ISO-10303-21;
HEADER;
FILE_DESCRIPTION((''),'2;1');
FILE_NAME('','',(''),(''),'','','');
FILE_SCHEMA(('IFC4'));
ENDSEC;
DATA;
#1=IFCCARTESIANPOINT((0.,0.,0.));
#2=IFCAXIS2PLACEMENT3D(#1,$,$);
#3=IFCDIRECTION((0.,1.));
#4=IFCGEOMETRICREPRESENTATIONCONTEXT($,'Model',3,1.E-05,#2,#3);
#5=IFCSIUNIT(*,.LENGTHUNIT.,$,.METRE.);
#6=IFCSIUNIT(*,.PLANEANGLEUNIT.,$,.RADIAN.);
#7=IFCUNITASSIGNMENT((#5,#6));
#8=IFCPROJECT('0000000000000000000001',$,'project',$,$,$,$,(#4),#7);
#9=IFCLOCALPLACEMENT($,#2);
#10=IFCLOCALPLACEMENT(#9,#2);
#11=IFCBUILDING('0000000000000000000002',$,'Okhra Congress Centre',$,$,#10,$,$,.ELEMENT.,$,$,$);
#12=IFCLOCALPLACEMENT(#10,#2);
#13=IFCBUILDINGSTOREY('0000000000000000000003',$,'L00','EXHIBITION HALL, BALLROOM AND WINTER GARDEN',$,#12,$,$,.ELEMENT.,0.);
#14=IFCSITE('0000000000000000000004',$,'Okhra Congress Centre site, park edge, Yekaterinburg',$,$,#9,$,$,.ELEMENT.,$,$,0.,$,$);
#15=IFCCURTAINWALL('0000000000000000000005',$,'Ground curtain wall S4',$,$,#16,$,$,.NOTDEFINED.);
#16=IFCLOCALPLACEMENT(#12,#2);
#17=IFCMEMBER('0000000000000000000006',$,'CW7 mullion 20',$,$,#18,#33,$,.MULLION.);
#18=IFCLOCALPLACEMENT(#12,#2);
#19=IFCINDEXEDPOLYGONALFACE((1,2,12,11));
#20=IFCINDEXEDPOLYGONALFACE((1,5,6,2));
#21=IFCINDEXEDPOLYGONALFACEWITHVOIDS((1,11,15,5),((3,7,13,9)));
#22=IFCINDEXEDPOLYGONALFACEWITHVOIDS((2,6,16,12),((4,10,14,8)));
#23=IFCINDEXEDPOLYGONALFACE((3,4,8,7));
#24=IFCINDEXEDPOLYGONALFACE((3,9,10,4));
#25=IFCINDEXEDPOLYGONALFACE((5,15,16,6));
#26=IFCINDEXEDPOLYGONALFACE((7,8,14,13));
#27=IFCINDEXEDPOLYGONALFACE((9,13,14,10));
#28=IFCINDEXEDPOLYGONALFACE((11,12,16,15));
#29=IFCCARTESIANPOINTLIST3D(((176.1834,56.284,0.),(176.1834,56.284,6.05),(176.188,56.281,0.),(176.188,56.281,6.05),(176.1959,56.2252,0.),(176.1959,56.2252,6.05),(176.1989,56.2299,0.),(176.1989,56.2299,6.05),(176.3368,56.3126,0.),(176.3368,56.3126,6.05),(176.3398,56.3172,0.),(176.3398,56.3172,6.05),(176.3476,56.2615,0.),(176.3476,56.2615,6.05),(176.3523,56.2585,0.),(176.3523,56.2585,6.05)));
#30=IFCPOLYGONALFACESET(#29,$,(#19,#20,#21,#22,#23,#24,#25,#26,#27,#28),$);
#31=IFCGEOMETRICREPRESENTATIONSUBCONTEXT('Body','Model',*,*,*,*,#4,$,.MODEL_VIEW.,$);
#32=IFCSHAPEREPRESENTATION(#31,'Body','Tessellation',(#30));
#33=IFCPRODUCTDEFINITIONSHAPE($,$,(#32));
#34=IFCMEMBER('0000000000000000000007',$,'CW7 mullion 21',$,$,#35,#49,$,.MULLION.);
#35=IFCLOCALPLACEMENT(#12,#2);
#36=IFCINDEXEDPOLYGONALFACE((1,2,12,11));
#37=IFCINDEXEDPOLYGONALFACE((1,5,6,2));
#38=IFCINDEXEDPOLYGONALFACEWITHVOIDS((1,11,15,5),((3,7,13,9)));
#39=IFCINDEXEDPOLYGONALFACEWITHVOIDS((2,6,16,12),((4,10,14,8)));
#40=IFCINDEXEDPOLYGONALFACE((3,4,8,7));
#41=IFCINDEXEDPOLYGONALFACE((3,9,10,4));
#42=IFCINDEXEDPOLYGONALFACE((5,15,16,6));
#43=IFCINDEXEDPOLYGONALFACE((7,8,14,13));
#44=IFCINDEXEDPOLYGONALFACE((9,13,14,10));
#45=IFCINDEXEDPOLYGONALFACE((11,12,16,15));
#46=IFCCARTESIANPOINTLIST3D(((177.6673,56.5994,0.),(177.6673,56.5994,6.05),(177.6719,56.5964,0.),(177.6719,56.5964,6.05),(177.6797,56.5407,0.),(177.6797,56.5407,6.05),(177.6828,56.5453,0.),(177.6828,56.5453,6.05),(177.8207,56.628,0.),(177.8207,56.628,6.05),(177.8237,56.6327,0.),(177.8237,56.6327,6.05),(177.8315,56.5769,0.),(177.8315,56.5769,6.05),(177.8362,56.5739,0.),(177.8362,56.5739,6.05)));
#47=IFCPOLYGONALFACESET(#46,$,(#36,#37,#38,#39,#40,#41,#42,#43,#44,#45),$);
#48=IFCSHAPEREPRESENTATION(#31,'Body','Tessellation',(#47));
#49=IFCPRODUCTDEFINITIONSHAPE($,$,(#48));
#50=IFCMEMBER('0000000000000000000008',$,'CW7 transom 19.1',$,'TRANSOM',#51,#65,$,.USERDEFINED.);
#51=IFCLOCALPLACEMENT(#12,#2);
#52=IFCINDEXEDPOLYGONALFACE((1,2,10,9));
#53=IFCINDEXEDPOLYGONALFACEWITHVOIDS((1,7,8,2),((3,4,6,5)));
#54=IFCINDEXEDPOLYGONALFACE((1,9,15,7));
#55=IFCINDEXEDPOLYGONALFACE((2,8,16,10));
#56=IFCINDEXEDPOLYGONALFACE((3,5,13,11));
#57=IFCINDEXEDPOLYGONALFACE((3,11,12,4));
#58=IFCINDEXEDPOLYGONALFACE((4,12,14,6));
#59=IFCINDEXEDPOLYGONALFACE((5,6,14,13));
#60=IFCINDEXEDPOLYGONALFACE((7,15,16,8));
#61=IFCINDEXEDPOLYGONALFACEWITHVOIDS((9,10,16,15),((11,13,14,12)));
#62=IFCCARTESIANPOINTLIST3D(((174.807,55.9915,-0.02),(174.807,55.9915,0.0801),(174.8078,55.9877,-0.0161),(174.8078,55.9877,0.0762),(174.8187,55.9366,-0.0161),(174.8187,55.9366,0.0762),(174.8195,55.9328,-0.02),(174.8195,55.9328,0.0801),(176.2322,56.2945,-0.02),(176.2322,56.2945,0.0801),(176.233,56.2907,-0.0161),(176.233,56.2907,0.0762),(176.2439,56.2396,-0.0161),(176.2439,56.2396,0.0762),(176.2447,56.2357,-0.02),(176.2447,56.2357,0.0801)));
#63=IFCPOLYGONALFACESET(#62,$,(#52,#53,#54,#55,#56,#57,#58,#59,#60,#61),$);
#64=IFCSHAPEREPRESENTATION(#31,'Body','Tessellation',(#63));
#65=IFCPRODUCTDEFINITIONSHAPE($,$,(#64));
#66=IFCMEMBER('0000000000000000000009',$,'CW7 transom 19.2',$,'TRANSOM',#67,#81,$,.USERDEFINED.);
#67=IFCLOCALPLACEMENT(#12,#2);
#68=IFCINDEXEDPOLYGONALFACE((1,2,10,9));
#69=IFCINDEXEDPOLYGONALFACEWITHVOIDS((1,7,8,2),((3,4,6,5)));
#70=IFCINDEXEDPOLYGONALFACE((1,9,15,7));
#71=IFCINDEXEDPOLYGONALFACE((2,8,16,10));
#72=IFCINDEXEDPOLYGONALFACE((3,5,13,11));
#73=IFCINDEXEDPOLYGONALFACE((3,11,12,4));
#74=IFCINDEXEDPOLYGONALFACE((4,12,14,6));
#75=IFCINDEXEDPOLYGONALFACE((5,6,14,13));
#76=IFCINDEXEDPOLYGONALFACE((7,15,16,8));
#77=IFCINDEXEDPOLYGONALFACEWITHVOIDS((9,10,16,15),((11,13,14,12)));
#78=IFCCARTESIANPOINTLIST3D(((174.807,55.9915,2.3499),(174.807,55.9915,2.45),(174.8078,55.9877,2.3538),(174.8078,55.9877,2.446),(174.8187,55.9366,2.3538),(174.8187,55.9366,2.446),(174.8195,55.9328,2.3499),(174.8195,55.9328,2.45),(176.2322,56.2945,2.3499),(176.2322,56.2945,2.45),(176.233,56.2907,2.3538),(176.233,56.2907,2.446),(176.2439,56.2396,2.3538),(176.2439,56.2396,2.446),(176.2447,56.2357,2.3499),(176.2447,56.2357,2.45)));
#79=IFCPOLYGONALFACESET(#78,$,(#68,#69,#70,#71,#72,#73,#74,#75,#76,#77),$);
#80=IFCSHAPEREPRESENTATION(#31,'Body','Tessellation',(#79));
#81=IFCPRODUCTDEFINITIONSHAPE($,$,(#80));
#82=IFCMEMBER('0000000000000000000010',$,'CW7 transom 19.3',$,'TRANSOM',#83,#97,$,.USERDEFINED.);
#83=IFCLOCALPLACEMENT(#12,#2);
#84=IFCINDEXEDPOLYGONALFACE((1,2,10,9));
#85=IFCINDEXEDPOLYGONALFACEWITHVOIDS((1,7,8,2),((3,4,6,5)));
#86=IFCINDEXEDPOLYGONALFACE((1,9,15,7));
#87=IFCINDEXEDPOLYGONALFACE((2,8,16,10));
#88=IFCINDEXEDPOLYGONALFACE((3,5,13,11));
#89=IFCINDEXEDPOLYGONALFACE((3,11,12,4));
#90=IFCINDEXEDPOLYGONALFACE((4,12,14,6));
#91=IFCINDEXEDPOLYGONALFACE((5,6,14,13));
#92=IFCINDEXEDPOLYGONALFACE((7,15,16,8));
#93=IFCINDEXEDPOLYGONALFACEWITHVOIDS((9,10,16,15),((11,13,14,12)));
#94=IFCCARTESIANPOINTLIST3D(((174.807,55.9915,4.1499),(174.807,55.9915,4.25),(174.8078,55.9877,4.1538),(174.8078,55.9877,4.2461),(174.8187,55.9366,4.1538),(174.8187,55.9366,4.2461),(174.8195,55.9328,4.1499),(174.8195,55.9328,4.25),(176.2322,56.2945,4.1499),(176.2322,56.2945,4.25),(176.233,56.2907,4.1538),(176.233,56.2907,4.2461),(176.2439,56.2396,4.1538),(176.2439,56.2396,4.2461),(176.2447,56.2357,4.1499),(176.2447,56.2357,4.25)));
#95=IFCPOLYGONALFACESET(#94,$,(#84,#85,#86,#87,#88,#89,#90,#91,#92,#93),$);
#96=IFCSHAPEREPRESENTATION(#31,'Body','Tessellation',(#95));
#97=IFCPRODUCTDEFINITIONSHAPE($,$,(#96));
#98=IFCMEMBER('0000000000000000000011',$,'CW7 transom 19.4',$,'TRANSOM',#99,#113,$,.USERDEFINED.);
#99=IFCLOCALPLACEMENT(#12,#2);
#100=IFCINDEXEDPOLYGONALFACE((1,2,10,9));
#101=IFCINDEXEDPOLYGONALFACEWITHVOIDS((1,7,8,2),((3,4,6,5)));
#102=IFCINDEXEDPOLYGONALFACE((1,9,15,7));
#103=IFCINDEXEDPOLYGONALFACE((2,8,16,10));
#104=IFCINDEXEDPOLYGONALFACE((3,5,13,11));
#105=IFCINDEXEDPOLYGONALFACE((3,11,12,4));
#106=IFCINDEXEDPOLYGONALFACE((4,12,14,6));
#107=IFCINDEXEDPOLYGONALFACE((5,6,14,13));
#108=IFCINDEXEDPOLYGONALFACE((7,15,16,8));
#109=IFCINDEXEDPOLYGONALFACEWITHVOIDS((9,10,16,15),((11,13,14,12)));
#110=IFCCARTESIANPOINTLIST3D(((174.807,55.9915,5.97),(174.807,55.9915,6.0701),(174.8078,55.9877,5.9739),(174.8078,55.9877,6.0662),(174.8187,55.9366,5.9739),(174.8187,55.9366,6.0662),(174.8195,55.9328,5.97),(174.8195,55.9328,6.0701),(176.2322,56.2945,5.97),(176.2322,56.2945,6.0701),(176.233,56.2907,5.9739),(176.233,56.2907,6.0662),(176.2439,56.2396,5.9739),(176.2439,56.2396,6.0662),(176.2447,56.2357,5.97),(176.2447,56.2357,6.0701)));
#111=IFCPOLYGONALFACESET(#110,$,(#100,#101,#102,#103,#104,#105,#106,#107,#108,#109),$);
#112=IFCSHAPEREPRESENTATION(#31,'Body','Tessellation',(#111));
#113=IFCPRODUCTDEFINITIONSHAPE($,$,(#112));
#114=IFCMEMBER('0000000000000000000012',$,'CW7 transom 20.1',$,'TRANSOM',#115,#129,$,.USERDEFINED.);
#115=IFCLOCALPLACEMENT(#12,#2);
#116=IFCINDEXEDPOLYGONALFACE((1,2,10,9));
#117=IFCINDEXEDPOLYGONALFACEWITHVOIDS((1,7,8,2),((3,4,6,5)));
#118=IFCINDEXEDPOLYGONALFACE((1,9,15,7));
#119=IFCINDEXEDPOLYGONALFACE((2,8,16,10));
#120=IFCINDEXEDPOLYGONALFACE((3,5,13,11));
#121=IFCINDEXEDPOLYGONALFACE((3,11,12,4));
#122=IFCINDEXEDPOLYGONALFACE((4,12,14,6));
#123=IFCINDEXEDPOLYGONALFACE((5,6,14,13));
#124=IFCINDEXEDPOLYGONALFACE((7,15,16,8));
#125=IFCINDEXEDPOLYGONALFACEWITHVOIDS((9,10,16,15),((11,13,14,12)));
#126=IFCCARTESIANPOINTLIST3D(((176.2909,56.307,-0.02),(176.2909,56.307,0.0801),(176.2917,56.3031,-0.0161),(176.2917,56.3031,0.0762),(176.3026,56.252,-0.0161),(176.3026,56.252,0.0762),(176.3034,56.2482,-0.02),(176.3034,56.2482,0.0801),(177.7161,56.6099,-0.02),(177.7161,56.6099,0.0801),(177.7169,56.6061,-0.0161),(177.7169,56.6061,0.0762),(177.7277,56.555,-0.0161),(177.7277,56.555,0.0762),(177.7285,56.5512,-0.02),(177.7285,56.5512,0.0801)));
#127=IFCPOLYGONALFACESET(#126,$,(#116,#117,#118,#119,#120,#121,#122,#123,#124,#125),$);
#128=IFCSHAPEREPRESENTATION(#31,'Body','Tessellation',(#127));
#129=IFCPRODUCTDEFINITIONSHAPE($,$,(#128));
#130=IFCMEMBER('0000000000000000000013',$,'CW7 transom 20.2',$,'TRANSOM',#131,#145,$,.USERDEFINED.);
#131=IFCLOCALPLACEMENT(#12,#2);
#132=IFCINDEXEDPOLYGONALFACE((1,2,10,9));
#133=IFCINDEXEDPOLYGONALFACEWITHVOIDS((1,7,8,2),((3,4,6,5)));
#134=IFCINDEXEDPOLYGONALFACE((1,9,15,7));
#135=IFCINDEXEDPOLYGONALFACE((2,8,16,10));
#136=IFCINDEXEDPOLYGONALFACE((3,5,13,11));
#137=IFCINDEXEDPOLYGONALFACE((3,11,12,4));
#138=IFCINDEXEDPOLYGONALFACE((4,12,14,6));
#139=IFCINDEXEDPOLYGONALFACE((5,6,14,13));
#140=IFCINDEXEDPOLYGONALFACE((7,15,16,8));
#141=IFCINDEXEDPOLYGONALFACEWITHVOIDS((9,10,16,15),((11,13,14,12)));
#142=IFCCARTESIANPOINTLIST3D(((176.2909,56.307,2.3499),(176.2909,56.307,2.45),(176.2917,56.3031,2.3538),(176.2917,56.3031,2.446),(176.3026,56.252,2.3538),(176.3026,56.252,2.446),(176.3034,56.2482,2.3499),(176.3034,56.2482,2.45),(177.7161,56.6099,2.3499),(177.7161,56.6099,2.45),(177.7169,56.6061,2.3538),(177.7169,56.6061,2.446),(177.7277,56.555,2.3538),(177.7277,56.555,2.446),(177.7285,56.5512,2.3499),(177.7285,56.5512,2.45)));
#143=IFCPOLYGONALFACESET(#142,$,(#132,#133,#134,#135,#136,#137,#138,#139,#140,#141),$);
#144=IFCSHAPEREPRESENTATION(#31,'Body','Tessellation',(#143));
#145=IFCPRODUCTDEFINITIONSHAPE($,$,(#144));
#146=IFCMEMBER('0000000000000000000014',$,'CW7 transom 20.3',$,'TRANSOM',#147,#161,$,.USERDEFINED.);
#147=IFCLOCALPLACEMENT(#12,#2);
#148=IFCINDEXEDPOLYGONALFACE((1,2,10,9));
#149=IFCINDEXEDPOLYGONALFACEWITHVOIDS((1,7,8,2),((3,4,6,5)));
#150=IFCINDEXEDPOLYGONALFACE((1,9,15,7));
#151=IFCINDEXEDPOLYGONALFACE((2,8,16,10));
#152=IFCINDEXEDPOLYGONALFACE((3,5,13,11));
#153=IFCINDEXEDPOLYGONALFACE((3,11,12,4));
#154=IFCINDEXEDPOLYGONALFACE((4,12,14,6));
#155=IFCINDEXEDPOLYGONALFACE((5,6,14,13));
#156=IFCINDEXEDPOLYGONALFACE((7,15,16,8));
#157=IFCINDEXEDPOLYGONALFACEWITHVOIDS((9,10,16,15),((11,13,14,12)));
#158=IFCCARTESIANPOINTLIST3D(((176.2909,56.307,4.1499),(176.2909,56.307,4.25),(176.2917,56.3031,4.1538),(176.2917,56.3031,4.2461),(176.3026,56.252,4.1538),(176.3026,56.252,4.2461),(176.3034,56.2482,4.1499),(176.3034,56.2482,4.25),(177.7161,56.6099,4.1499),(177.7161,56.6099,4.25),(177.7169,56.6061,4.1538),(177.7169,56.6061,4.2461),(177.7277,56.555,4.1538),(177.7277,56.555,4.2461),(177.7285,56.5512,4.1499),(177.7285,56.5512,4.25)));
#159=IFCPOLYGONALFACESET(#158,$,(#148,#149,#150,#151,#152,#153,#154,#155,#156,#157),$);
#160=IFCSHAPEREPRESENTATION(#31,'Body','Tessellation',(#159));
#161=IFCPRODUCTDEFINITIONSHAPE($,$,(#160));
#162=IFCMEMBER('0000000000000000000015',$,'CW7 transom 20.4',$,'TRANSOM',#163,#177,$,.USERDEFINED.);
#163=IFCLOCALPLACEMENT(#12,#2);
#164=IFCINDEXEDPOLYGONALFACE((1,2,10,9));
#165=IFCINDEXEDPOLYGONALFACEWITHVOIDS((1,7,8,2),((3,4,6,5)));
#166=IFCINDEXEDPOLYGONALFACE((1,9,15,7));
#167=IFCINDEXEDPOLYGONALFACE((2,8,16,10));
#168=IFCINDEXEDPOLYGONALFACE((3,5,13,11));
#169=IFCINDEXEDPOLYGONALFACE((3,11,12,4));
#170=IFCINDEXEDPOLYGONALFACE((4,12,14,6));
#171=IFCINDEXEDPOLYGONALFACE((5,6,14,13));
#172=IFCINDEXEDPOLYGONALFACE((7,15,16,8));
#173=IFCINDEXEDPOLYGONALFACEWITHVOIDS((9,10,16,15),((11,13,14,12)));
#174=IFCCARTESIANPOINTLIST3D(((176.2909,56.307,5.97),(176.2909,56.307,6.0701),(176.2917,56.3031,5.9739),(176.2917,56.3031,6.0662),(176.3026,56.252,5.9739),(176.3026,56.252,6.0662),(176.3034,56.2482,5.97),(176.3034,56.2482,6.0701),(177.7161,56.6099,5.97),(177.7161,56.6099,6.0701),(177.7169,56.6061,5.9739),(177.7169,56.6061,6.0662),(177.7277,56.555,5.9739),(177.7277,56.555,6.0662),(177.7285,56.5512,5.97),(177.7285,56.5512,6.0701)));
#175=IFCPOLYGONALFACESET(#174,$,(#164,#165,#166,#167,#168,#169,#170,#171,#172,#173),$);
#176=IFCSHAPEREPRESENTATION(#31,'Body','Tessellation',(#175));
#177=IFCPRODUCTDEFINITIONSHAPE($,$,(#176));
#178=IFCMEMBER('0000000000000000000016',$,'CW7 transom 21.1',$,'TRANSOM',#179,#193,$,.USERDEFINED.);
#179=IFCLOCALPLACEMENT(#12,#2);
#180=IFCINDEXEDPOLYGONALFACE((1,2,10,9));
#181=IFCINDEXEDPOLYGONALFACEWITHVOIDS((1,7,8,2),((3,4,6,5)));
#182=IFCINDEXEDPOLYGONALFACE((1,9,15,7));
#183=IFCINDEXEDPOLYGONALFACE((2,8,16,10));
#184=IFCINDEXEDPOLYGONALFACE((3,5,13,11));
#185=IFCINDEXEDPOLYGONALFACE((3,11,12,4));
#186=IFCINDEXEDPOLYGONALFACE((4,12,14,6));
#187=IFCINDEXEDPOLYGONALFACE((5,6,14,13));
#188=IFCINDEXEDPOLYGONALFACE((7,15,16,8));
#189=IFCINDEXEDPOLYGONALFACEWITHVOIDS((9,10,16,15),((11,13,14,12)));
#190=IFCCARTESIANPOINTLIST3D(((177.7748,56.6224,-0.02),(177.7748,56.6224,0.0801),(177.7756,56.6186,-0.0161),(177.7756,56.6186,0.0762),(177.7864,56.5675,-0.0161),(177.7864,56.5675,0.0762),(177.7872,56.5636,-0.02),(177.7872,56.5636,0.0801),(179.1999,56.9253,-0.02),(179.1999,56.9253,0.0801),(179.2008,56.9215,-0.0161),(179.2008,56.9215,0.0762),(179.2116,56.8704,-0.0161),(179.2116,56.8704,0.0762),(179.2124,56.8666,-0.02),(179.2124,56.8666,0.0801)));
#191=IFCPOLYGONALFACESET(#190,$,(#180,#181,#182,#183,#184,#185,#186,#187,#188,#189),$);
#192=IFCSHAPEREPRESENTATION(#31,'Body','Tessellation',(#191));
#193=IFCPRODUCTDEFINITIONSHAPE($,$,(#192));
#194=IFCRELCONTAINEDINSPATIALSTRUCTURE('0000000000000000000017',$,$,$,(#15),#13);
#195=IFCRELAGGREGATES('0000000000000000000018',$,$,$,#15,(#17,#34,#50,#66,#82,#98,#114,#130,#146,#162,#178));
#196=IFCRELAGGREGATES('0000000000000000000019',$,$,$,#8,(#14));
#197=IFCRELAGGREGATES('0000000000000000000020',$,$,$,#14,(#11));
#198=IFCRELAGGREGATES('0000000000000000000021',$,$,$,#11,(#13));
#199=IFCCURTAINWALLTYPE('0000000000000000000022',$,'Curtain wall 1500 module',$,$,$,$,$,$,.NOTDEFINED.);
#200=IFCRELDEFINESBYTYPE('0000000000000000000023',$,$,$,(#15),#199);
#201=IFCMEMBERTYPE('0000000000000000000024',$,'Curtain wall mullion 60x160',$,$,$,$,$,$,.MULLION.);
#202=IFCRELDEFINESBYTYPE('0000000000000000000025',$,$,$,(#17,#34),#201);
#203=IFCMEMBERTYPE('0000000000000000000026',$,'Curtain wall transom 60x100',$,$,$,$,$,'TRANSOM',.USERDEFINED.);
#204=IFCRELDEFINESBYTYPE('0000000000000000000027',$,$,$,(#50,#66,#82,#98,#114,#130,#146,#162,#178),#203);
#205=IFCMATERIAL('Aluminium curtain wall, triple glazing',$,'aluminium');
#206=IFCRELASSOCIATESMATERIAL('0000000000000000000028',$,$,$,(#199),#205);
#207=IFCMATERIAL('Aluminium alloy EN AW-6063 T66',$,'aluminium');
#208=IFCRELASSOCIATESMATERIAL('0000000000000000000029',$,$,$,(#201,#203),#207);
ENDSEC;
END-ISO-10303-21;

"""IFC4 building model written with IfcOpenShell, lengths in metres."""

from ifc_helpers import new_model, si_unit, direction, frame, origin, origin_2d, place, context, subcontext, project, spatial, hollow_rectangle, extrude, material, material_profile, profile_set, type_object, element, aggregate, save


model = new_model("IFC4")

# Units and contexts
model_context = context("Model", 3, precision=1e-05, world=origin(), true_north=direction((0.0, 1.0)))
body_context = subcontext(model_context, "Body", "Model", "MODEL_VIEW")
ifc_project = project(units=[si_unit("LENGTHUNIT", "METRE"), si_unit("PLANEANGLEUNIT", "RADIAN")], contexts=[model_context])

# Site, building, storey
site_placement = place(None, origin())
site = spatial("IfcSite", under=ifc_project, at=site_placement, Name="Okhra Congress Centre site, park edge, Yekaterinburg", CompositionType="ELEMENT", RefElevation=0.0)
building_placement = place(site_placement, origin())
building = spatial("IfcBuilding", under=site, at=building_placement, Name="Okhra Congress Centre", CompositionType="ELEMENT")
storey_placement = place(building_placement, origin())
storey = spatial("IfcBuildingStorey", under=building, at=storey_placement, Name="L00", Description="EXHIBITION HALL, BALLROOM AND WINTER GARDEN", CompositionType="ELEMENT", Elevation=0.0)

# Curtain wall, members
ifc_material_1 = material(Name="Aluminium curtain wall, triple glazing", Category="aluminium")
curtain_wall_type = type_object("IfcCurtainWallType", Name="Curtain wall 1500 module", PredefinedType="NOTDEFINED", material=ifc_material_1)
curtain_wall_placement = place(storey_placement, origin())
curtain_wall = element("IfcCurtainWall", 1, at=curtain_wall_placement, inside=storey, type_object=curtain_wall_type, Name="Ground curtain wall S4", PredefinedType="NOTDEFINED")
ifc_material_2 = material(Name="Aluminium alloy EN AW-6063 T66", Category="aluminium")
ifc_material_profile_1 = material_profile(ifc_material_2, hollow_rectangle(XDim=0.0601, YDim=0.1599, WallThickness=0.0039, at=origin_2d()), Name="RHS 60x160x4")
ifc_profile_set_1 = profile_set([ifc_material_profile_1], Name="Aluminium alloy EN AW-6063 T66")
member_type_1 = type_object("IfcMemberType", Name="Curtain wall mullion 60x160", PredefinedType="MULLION", material=ifc_profile_set_1)
member_1_placement = place(storey_placement, frame((176.2678, 56.2712, 0.0), z_axis=(0.0, 0.0, 1.0), x_axis=(-0.207912, 0.978148, 0.0)))
member_1 = element("IfcMember", 2, at=member_1_placement, type_object=member_type_1, Name="CW7 mullion 20", PredefinedType="MULLION", context=body_context, shape_type="SweptSolid", body=[
    extrude(hollow_rectangle(XDim=0.0601, YDim=0.1599, WallThickness=0.0039, at=origin_2d()), origin(), (0.0, 0.0, 1.0), 6.05),
])
member_2_placement = place(storey_placement, frame((177.7517, 56.5867, 0.0), z_axis=(0.0, 0.0, 1.0), x_axis=(-0.207912, 0.978148, 0.0)))
member_2 = element("IfcMember", 3, at=member_2_placement, type_object=member_type_1, Name="CW7 mullion 21", PredefinedType="MULLION", context=body_context, shape_type="SweptSolid", body=[
    extrude(hollow_rectangle(XDim=0.0601, YDim=0.1599, WallThickness=0.0039, at=origin_2d()), origin(), (0.0, 0.0, 1.0), 6.05),
])
ifc_material_profile_2 = material_profile(ifc_material_2, hollow_rectangle(XDim=0.0601, YDim=0.1001, WallThickness=0.0039, at=origin_2d()), Name="RHS 60x100x4")
ifc_profile_set_2 = profile_set([ifc_material_profile_2], Name="Aluminium alloy EN AW-6063 T66")
member_type_2 = type_object("IfcMemberType", Name="Curtain wall transom 60x100", ElementType="TRANSOM", PredefinedType="USERDEFINED", material=ifc_profile_set_2)
member_3_placement = place(storey_placement, frame((174.8132, 55.9622, 0.03), z_axis=(0.978144, 0.207927, 0.0), x_axis=(-0.207927, 0.978144, 0.0)))
member_3 = element("IfcMember", 4, at=member_3_placement, type_object=member_type_2, Name="CW7 transom 19.1", ObjectType="TRANSOM", PredefinedType="USERDEFINED", context=body_context, shape_type="SweptSolid", body=[
    extrude(hollow_rectangle(XDim=0.0601, YDim=0.1001, WallThickness=0.0039, at=origin_2d()), origin(), (0.0, 0.0, 1.0), 1.457),
])
member_4_placement = place(storey_placement, frame((174.8132, 55.9622, 2.3999), z_axis=(0.978144, 0.207927, 0.0), x_axis=(-0.207927, 0.978144, 0.0)))
member_4 = element("IfcMember", 5, at=member_4_placement, type_object=member_type_2, Name="CW7 transom 19.2", ObjectType="TRANSOM", PredefinedType="USERDEFINED", context=body_context, shape_type="SweptSolid", body=[
    extrude(hollow_rectangle(XDim=0.0601, YDim=0.1001, WallThickness=0.0039, at=origin_2d()), origin(), (0.0, 0.0, 1.0), 1.457),
])
member_5_placement = place(storey_placement, frame((174.8132, 55.9622, 4.2), z_axis=(0.978144, 0.207927, 0.0), x_axis=(-0.207927, 0.978144, 0.0)))
member_5 = element("IfcMember", 6, at=member_5_placement, type_object=member_type_2, Name="CW7 transom 19.3", ObjectType="TRANSOM", PredefinedType="USERDEFINED", context=body_context, shape_type="SweptSolid", body=[
    extrude(hollow_rectangle(XDim=0.0601, YDim=0.1001, WallThickness=0.0039, at=origin_2d()), origin(), (0.0, 0.0, 1.0), 1.457),
])
member_6_placement = place(storey_placement, frame((174.8132, 55.9622, 6.02), z_axis=(0.978144, 0.207927, 0.0), x_axis=(-0.207927, 0.978144, 0.0)))
member_6 = element("IfcMember", 7, at=member_6_placement, type_object=member_type_2, Name="CW7 transom 19.4", ObjectType="TRANSOM", PredefinedType="USERDEFINED", context=body_context, shape_type="SweptSolid", body=[
    extrude(hollow_rectangle(XDim=0.0601, YDim=0.1001, WallThickness=0.0039, at=origin_2d()), origin(), (0.0, 0.0, 1.0), 1.457),
])
member_7_placement = place(storey_placement, frame((176.2971, 56.2776, 0.03), z_axis=(0.978144, 0.207927, 0.0), x_axis=(-0.207927, 0.978144, 0.0)))
member_7 = element("IfcMember", 8, at=member_7_placement, type_object=member_type_2, Name="CW7 transom 20.1", ObjectType="TRANSOM", PredefinedType="USERDEFINED", context=body_context, shape_type="SweptSolid", body=[
    extrude(hollow_rectangle(XDim=0.0601, YDim=0.1001, WallThickness=0.0039, at=origin_2d()), origin(), (0.0, 0.0, 1.0), 1.457),
])
member_8_placement = place(storey_placement, frame((176.2971, 56.2776, 2.3999), z_axis=(0.978144, 0.207927, 0.0), x_axis=(-0.207927, 0.978144, 0.0)))
member_8 = element("IfcMember", 9, at=member_8_placement, type_object=member_type_2, Name="CW7 transom 20.2", ObjectType="TRANSOM", PredefinedType="USERDEFINED", context=body_context, shape_type="SweptSolid", body=[
    extrude(hollow_rectangle(XDim=0.0601, YDim=0.1001, WallThickness=0.0039, at=origin_2d()), origin(), (0.0, 0.0, 1.0), 1.457),
])
member_9_placement = place(storey_placement, frame((176.2971, 56.2776, 4.2), z_axis=(0.978144, 0.207927, 0.0), x_axis=(-0.207927, 0.978144, 0.0)))
member_9 = element("IfcMember", 10, at=member_9_placement, type_object=member_type_2, Name="CW7 transom 20.3", ObjectType="TRANSOM", PredefinedType="USERDEFINED", context=body_context, shape_type="SweptSolid", body=[
    extrude(hollow_rectangle(XDim=0.0601, YDim=0.1001, WallThickness=0.0039, at=origin_2d()), origin(), (0.0, 0.0, 1.0), 1.457),
])
member_10_placement = place(storey_placement, frame((176.2971, 56.2776, 6.02), z_axis=(0.978144, 0.207927, 0.0), x_axis=(-0.207927, 0.978144, 0.0)))
member_10 = element("IfcMember", 11, at=member_10_placement, type_object=member_type_2, Name="CW7 transom 20.4", ObjectType="TRANSOM", PredefinedType="USERDEFINED", context=body_context, shape_type="SweptSolid", body=[
    extrude(hollow_rectangle(XDim=0.0601, YDim=0.1001, WallThickness=0.0039, at=origin_2d()), origin(), (0.0, 0.0, 1.0), 1.457),
])
member_11_placement = place(storey_placement, frame((177.781, 56.593, 0.03), z_axis=(0.978144, 0.207927, 0.0), x_axis=(-0.207927, 0.978144, 0.0)))
member_11 = element("IfcMember", 12, at=member_11_placement, type_object=member_type_2, Name="CW7 transom 21.1", ObjectType="TRANSOM", PredefinedType="USERDEFINED", context=body_context, shape_type="SweptSolid", body=[
    extrude(hollow_rectangle(XDim=0.0601, YDim=0.1001, WallThickness=0.0039, at=origin_2d()), origin(), (0.0, 0.0, 1.0), 1.457),
])
aggregate(curtain_wall, [member_1, member_2, member_3, member_4, member_5, member_6, member_7, member_8, member_9, member_10, member_11])

save(model, "model.ifc")
